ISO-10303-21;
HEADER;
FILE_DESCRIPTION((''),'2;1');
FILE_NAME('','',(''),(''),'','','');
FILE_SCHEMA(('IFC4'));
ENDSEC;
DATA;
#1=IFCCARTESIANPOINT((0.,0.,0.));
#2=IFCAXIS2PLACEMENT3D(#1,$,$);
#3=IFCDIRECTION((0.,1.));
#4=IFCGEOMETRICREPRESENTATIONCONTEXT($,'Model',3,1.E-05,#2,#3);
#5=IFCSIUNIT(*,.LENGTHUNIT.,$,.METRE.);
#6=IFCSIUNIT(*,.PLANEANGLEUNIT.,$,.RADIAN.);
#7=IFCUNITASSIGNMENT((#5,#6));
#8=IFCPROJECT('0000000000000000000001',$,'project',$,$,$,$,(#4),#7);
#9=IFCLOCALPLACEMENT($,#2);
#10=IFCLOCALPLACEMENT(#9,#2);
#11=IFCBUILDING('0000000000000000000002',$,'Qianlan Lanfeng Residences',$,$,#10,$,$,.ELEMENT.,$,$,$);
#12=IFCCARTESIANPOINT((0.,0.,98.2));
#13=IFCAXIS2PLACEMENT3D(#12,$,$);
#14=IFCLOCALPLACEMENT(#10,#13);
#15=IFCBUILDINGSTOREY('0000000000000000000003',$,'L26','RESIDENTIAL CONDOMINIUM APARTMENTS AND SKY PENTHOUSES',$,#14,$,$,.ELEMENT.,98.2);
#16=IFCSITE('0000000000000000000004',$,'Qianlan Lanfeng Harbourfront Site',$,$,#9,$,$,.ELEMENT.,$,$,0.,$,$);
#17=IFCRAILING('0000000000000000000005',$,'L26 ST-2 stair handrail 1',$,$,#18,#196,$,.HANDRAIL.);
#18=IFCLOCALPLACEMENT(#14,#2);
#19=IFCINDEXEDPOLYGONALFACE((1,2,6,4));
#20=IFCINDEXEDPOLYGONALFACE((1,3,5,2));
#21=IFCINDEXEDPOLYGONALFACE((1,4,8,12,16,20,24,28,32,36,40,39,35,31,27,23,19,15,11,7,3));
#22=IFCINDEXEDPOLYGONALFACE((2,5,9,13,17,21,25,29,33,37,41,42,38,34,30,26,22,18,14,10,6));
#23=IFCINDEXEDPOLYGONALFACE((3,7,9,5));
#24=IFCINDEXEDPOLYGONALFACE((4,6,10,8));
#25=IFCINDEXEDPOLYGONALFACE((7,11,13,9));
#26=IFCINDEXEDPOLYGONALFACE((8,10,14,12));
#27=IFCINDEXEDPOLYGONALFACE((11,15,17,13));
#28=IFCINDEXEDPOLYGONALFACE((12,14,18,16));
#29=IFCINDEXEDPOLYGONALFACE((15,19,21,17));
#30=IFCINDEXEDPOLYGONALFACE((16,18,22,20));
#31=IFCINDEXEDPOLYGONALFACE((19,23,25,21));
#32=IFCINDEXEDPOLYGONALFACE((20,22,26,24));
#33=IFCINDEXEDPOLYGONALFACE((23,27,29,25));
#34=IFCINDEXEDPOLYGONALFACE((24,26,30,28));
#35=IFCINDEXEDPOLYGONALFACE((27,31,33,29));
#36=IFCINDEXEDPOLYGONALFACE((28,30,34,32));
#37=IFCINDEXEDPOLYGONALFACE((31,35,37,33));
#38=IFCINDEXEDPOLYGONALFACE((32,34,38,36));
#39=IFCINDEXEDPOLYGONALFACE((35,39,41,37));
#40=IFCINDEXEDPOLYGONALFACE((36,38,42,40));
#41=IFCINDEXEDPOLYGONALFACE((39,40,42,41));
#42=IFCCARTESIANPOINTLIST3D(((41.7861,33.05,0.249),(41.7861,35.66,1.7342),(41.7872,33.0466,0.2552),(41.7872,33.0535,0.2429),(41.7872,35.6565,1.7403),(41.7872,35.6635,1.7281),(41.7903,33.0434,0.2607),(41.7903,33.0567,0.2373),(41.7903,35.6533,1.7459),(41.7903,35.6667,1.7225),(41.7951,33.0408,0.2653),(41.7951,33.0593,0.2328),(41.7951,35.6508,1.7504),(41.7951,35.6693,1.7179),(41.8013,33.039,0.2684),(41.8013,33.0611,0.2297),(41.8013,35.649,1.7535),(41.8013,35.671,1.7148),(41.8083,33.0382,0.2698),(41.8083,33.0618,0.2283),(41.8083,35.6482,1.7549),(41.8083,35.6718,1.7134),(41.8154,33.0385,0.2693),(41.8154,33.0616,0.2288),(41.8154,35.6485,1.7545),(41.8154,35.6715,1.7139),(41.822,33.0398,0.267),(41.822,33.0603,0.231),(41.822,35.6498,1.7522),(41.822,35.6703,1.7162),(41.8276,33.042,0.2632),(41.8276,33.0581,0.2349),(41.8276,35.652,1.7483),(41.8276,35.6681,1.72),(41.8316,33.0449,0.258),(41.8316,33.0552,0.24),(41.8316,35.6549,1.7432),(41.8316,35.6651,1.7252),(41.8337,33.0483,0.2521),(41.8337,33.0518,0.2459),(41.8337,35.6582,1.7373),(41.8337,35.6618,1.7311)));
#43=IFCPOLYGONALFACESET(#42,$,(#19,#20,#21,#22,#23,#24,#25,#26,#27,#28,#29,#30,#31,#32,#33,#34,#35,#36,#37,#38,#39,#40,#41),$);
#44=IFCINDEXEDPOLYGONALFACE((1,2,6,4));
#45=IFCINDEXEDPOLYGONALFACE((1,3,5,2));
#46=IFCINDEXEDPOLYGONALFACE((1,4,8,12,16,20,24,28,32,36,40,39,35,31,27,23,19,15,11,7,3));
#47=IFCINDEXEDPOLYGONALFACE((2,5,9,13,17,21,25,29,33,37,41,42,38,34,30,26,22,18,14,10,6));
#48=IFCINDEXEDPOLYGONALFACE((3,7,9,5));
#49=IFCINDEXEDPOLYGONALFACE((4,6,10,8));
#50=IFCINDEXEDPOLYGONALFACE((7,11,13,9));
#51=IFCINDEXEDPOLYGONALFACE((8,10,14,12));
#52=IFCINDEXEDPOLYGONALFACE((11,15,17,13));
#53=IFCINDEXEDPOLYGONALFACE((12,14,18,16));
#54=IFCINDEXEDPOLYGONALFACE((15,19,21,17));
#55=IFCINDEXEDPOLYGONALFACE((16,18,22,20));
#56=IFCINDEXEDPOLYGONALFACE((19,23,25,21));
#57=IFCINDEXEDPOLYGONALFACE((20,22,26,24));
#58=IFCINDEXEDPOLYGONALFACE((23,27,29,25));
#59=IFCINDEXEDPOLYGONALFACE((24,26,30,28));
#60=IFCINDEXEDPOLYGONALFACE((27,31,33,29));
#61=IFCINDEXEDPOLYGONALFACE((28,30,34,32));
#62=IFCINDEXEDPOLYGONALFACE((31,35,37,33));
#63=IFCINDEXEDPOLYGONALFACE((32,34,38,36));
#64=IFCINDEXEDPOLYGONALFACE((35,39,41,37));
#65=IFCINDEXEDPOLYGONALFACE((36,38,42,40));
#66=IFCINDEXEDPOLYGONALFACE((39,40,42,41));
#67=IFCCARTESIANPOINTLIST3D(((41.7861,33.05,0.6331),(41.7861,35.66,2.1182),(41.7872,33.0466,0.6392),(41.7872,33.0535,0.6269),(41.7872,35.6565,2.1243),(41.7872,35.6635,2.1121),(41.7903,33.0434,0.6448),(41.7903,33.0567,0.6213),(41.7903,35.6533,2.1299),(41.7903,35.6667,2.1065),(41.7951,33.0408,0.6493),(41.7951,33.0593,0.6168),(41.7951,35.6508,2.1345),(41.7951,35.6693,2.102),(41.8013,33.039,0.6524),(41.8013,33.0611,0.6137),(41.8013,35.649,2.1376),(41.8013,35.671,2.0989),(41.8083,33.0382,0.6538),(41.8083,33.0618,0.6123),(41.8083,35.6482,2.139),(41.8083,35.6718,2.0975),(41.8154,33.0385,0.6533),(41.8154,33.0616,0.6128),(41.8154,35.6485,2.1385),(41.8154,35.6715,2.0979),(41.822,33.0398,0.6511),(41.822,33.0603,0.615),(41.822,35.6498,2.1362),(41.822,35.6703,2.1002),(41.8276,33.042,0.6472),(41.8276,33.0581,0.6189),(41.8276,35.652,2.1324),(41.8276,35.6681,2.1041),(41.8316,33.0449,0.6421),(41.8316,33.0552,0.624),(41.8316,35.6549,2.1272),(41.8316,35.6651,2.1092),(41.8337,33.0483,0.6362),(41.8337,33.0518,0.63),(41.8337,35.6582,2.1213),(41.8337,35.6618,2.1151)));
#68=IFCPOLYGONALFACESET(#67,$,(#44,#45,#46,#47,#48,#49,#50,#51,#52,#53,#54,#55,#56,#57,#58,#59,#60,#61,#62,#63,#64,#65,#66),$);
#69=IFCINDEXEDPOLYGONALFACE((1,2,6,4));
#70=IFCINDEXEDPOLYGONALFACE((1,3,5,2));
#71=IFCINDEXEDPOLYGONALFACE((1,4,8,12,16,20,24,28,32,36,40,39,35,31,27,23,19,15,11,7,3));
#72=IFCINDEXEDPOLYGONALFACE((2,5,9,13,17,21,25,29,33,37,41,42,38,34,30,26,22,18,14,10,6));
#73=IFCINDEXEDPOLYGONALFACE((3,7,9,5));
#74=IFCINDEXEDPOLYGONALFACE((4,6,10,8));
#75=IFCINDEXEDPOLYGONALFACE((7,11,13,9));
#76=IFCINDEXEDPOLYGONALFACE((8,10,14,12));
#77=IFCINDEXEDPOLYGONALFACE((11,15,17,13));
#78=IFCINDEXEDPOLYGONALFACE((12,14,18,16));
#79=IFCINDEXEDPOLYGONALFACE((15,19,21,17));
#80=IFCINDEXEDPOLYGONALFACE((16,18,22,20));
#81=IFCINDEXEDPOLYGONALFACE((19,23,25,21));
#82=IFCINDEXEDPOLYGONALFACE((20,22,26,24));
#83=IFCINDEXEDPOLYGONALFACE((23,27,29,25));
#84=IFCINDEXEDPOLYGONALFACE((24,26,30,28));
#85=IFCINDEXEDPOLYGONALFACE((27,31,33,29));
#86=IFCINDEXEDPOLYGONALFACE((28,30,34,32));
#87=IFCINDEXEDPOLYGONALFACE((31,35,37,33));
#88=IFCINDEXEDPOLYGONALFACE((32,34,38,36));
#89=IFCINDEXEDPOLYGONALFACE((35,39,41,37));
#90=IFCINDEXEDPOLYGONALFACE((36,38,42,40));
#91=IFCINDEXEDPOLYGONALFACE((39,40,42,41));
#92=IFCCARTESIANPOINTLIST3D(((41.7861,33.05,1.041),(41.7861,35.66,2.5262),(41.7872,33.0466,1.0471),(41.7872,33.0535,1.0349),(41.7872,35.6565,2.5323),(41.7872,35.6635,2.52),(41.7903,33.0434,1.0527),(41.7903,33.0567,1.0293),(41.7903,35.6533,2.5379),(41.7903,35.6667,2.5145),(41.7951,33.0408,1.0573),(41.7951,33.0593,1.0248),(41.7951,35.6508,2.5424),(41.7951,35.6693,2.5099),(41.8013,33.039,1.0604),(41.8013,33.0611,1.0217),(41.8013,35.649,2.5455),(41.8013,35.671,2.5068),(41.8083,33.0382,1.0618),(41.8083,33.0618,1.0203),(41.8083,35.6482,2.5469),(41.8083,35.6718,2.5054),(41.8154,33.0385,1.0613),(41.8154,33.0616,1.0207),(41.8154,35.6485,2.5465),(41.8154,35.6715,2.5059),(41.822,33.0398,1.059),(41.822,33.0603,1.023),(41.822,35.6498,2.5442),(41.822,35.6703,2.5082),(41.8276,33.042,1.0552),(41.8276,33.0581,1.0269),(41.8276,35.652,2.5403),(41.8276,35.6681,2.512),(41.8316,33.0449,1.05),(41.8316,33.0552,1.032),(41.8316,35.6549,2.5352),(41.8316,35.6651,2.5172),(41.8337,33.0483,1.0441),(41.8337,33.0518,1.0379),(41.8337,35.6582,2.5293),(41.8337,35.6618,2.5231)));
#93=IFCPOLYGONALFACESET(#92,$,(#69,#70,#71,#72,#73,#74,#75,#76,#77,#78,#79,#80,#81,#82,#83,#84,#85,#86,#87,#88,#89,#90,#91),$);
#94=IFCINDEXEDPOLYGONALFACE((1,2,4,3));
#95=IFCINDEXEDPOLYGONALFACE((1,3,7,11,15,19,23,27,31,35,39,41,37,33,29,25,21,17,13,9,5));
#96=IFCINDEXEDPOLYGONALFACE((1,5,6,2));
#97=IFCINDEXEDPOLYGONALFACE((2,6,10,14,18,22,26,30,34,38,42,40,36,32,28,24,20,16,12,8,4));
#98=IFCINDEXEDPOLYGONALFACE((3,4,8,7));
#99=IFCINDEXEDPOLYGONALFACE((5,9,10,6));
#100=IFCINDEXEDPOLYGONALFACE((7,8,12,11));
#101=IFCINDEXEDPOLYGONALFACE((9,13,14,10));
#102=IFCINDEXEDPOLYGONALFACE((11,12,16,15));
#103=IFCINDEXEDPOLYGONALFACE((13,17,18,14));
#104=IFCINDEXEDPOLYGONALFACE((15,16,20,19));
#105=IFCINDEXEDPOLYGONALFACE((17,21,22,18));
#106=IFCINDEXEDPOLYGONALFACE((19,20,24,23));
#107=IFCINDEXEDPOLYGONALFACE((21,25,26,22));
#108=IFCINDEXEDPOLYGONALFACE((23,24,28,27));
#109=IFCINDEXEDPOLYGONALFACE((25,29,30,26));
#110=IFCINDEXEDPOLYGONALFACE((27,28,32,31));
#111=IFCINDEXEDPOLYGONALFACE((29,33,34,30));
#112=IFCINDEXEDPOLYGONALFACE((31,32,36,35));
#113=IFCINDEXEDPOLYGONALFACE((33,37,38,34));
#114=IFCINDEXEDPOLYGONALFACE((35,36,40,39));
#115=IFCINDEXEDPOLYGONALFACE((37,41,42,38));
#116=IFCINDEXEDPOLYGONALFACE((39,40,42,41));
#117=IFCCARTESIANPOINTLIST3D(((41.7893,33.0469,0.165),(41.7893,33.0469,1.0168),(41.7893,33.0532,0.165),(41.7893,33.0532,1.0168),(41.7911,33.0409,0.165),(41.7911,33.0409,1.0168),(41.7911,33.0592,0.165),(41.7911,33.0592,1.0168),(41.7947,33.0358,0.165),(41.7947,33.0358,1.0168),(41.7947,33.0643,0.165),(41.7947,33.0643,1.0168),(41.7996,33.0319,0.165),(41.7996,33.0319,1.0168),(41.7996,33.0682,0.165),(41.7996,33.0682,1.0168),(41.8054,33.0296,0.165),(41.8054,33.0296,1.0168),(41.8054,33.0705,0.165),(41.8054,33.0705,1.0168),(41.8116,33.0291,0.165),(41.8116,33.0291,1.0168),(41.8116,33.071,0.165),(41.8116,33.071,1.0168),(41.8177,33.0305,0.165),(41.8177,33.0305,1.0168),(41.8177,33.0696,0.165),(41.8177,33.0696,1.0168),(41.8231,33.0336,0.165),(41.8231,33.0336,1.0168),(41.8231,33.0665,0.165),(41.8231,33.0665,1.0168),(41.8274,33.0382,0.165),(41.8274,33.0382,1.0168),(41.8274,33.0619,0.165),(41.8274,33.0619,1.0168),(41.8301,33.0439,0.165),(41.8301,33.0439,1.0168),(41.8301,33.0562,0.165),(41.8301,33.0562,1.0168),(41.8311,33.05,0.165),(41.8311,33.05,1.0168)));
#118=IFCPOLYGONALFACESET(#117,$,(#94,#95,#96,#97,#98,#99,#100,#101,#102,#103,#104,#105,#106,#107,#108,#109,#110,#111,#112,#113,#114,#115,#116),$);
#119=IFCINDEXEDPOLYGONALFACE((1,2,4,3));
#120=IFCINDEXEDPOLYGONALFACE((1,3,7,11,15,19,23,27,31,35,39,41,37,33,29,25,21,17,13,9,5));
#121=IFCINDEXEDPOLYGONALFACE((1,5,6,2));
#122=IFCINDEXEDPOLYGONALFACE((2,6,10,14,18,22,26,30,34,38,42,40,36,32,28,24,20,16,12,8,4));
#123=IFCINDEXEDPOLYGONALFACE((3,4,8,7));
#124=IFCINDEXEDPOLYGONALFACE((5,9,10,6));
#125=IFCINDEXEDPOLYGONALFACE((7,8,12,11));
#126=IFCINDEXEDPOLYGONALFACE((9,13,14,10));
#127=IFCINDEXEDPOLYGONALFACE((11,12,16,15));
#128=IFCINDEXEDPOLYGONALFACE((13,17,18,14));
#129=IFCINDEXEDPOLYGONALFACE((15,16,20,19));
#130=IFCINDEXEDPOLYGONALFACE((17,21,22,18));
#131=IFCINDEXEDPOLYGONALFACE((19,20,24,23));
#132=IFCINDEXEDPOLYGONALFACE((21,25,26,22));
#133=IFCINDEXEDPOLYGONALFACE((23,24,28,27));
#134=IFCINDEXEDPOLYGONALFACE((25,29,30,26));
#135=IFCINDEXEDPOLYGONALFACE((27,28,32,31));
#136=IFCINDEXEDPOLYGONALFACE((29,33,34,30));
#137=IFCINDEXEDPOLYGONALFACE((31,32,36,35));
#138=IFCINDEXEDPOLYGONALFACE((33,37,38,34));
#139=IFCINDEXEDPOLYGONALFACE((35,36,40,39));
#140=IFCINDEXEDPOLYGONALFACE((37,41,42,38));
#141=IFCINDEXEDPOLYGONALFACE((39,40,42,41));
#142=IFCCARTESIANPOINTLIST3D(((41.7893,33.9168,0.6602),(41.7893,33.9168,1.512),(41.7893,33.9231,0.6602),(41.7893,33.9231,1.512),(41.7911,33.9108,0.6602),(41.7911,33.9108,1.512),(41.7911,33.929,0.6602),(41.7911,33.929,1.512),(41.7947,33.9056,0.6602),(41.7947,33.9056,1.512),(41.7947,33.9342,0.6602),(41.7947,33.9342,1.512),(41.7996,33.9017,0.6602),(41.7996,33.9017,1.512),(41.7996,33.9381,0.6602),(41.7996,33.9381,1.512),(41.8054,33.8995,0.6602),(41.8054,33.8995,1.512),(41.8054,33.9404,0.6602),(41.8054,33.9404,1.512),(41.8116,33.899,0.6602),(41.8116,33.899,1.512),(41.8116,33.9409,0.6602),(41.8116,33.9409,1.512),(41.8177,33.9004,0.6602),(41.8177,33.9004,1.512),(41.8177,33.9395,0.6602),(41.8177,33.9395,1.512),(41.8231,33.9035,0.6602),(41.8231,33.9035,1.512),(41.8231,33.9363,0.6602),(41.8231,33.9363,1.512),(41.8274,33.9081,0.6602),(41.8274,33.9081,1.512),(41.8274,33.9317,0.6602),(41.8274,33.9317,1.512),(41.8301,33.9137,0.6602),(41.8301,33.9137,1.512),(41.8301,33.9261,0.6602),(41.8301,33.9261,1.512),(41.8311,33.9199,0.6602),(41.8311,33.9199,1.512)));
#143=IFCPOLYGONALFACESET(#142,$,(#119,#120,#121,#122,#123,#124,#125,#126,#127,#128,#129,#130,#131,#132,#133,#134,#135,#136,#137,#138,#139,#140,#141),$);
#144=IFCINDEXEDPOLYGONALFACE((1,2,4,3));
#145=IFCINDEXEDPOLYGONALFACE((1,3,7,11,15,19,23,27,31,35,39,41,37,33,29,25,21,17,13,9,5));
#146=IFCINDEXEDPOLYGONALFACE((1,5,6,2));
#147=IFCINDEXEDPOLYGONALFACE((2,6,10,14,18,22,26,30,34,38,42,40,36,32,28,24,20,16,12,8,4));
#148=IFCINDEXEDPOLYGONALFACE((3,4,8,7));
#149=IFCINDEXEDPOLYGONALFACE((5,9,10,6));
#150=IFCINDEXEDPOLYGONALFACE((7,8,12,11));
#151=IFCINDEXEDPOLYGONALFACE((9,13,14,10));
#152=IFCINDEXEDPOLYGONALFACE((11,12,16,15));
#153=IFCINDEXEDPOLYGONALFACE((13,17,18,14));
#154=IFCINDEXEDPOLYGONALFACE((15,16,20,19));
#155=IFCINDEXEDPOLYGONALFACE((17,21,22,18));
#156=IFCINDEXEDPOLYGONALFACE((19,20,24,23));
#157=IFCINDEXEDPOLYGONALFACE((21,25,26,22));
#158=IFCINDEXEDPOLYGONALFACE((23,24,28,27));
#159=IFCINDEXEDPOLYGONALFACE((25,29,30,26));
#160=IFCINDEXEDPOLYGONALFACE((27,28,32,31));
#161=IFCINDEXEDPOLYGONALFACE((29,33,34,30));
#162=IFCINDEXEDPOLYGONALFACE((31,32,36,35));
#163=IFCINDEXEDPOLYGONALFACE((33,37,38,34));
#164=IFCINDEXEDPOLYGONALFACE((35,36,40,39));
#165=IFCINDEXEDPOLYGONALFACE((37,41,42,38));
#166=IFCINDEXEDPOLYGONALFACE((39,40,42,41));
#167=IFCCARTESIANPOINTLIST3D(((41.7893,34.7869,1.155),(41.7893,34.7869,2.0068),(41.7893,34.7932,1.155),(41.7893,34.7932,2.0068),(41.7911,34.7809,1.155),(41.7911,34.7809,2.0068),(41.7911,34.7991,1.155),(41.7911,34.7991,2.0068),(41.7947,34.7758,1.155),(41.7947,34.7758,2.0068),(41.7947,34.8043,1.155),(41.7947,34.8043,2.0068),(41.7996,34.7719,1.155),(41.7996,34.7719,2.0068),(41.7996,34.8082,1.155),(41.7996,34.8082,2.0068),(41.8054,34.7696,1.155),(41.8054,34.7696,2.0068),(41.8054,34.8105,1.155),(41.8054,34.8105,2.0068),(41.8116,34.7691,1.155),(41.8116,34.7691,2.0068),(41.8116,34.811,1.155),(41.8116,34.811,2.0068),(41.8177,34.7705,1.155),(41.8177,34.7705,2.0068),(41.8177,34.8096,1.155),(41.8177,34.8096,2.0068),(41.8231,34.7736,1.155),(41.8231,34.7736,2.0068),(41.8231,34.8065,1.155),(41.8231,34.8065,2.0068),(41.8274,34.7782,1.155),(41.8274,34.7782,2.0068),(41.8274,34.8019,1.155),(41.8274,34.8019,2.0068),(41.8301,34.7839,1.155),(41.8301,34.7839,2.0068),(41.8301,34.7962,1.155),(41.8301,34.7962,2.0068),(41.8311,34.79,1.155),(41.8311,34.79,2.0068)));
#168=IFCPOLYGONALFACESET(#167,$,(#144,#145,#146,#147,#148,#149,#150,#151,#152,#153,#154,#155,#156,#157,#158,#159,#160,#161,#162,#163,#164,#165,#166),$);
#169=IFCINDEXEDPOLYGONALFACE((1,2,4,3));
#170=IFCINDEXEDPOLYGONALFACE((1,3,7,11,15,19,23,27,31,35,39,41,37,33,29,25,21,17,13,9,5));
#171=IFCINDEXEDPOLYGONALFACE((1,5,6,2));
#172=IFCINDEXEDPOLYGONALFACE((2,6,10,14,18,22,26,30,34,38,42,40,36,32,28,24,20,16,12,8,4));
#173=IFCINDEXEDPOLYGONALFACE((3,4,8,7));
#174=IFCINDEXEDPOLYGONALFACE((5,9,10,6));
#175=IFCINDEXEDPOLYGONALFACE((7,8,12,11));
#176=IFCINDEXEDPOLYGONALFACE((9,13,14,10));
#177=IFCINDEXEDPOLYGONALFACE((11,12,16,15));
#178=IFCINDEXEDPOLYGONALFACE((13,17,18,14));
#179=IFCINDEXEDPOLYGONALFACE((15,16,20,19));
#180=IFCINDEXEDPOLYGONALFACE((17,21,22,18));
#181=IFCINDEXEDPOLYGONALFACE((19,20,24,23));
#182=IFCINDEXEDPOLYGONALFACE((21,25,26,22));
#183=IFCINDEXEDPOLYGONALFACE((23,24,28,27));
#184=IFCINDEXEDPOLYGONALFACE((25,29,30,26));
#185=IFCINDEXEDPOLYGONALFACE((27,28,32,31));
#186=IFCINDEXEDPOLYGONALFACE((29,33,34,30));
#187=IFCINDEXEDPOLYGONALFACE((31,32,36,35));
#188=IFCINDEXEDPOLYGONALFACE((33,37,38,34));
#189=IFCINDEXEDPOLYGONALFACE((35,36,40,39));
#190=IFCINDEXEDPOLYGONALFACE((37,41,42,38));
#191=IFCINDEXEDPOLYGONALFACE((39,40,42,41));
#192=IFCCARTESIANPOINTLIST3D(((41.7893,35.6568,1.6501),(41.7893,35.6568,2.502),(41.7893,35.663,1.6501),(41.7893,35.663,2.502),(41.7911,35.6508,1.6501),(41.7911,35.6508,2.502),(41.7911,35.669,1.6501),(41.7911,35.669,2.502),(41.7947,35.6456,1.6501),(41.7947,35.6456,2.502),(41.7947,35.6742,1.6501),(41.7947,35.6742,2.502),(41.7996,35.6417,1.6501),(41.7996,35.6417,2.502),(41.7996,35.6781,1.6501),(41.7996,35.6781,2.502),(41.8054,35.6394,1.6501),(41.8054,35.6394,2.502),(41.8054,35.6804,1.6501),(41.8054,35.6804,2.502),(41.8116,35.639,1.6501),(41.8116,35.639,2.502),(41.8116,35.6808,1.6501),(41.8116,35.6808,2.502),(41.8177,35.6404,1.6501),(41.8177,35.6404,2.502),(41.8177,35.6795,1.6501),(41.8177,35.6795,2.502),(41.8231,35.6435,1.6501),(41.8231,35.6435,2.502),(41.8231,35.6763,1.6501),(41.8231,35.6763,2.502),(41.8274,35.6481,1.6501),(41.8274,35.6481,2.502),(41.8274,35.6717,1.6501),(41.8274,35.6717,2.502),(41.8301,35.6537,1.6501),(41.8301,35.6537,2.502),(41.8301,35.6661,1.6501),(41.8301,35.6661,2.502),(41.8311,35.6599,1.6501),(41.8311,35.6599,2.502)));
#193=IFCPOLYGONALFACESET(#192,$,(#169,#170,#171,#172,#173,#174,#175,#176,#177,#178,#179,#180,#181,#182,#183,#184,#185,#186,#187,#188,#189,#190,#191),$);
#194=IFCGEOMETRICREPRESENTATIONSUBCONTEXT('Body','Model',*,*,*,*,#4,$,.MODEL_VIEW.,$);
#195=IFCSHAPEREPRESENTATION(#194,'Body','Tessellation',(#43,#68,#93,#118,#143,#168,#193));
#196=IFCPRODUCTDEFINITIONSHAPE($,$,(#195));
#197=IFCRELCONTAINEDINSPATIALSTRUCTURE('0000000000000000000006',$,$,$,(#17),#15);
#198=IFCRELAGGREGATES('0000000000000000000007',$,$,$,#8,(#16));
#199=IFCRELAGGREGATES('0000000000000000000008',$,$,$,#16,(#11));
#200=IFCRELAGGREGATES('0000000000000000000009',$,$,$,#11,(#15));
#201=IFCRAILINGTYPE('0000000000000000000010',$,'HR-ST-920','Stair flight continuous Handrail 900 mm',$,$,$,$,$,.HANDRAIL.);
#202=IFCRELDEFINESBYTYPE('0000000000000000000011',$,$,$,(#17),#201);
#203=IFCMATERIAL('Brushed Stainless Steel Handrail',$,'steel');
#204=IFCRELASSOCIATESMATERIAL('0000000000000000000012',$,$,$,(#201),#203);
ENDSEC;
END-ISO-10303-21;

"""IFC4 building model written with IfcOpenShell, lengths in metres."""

from ifc_helpers import new_model, si_unit, direction, frame, origin, origin_2d, place, context, subcontext, project, spatial, circle, extrude, material, type_object, element, save


model = new_model("IFC4")

# Units and contexts
model_context = context("Model", 3, precision=1e-05, world=origin(), true_north=direction((0.0, 1.0)))
body_context = subcontext(model_context, "Body", "Model", "MODEL_VIEW")
ifc_project = project(units=[si_unit("LENGTHUNIT", "METRE"), si_unit("PLANEANGLEUNIT", "RADIAN")], contexts=[model_context])

# Site, building, storey
site_placement = place(None, origin())
site = spatial("IfcSite", under=ifc_project, at=site_placement, Name="Qianlan Lanfeng Harbourfront Site", CompositionType="ELEMENT", RefElevation=0.0)
building_placement = place(site_placement, origin())
building = spatial("IfcBuilding", under=site, at=building_placement, Name="Qianlan Lanfeng Residences", CompositionType="ELEMENT")
storey_placement = place(building_placement, frame((0.0, 0.0, 98.2)))
storey = spatial("IfcBuildingStorey", under=building, at=storey_placement, Name="L26", Description="RESIDENTIAL CONDOMINIUM APARTMENTS AND SKY PENTHOUSES", CompositionType="ELEMENT", Elevation=98.2)

# Railing
ifc_material_1 = material(Name="Brushed Stainless Steel Handrail", Category="steel")
railing_type_1 = type_object("IfcRailingType", Name="HR-ST-920", Description="Stair flight continuous Handrail 900 mm", PredefinedType="HANDRAIL", material=ifc_material_1)
railing_1_placement = place(storey_placement, frame((41.8101, 33.05, 0.165)))
element("IfcRailing", 1, at=railing_1_placement, inside=storey, type_object=railing_type_1, Name="L26 ST-2 stair handrail 1", PredefinedType="HANDRAIL", context=body_context, shape_type="SweptSolid", body=[
    extrude(circle(Radius=0.0239, at=origin_2d()), frame((0.0, 0.0, 0.084), z_axis=(0.0, 0.869137, 0.494571), x_axis=(-1.0, 0.0, 0.0)), (0.0, 0.0, 1.0), 3.0029),
    extrude(circle(Radius=0.0239, at=origin_2d()), frame((0.0, 0.0, 0.468), z_axis=(0.0, 0.869137, 0.494571), x_axis=(-1.0, 0.0, 0.0)), (0.0, 0.0, 1.0), 3.0029),
    extrude(circle(Radius=0.0239, at=origin_2d()), frame((0.0, 0.0, 0.876), z_axis=(0.0, 0.869137, 0.494571), x_axis=(-1.0, 0.0, 0.0)), (0.0, 0.0, 1.0), 3.0029),
    extrude(circle(Radius=0.021, at=origin_2d()), origin(), (0.0, 0.0, 1.0), 0.8518),
    extrude(circle(Radius=0.021, at=origin_2d()), frame((0.0, 0.8699, 0.4951)), (0.0, 0.0, 1.0), 0.8518),
    extrude(circle(Radius=0.021, at=origin_2d()), frame((0.0, 1.74, 0.99)), (0.0, 0.0, 1.0), 0.8518),
    extrude(circle(Radius=0.021, at=origin_2d()), frame((0.0, 2.6099, 1.4851)), (0.0, 0.0, 1.0), 0.8518),
])

save(model, "model.ifc")
